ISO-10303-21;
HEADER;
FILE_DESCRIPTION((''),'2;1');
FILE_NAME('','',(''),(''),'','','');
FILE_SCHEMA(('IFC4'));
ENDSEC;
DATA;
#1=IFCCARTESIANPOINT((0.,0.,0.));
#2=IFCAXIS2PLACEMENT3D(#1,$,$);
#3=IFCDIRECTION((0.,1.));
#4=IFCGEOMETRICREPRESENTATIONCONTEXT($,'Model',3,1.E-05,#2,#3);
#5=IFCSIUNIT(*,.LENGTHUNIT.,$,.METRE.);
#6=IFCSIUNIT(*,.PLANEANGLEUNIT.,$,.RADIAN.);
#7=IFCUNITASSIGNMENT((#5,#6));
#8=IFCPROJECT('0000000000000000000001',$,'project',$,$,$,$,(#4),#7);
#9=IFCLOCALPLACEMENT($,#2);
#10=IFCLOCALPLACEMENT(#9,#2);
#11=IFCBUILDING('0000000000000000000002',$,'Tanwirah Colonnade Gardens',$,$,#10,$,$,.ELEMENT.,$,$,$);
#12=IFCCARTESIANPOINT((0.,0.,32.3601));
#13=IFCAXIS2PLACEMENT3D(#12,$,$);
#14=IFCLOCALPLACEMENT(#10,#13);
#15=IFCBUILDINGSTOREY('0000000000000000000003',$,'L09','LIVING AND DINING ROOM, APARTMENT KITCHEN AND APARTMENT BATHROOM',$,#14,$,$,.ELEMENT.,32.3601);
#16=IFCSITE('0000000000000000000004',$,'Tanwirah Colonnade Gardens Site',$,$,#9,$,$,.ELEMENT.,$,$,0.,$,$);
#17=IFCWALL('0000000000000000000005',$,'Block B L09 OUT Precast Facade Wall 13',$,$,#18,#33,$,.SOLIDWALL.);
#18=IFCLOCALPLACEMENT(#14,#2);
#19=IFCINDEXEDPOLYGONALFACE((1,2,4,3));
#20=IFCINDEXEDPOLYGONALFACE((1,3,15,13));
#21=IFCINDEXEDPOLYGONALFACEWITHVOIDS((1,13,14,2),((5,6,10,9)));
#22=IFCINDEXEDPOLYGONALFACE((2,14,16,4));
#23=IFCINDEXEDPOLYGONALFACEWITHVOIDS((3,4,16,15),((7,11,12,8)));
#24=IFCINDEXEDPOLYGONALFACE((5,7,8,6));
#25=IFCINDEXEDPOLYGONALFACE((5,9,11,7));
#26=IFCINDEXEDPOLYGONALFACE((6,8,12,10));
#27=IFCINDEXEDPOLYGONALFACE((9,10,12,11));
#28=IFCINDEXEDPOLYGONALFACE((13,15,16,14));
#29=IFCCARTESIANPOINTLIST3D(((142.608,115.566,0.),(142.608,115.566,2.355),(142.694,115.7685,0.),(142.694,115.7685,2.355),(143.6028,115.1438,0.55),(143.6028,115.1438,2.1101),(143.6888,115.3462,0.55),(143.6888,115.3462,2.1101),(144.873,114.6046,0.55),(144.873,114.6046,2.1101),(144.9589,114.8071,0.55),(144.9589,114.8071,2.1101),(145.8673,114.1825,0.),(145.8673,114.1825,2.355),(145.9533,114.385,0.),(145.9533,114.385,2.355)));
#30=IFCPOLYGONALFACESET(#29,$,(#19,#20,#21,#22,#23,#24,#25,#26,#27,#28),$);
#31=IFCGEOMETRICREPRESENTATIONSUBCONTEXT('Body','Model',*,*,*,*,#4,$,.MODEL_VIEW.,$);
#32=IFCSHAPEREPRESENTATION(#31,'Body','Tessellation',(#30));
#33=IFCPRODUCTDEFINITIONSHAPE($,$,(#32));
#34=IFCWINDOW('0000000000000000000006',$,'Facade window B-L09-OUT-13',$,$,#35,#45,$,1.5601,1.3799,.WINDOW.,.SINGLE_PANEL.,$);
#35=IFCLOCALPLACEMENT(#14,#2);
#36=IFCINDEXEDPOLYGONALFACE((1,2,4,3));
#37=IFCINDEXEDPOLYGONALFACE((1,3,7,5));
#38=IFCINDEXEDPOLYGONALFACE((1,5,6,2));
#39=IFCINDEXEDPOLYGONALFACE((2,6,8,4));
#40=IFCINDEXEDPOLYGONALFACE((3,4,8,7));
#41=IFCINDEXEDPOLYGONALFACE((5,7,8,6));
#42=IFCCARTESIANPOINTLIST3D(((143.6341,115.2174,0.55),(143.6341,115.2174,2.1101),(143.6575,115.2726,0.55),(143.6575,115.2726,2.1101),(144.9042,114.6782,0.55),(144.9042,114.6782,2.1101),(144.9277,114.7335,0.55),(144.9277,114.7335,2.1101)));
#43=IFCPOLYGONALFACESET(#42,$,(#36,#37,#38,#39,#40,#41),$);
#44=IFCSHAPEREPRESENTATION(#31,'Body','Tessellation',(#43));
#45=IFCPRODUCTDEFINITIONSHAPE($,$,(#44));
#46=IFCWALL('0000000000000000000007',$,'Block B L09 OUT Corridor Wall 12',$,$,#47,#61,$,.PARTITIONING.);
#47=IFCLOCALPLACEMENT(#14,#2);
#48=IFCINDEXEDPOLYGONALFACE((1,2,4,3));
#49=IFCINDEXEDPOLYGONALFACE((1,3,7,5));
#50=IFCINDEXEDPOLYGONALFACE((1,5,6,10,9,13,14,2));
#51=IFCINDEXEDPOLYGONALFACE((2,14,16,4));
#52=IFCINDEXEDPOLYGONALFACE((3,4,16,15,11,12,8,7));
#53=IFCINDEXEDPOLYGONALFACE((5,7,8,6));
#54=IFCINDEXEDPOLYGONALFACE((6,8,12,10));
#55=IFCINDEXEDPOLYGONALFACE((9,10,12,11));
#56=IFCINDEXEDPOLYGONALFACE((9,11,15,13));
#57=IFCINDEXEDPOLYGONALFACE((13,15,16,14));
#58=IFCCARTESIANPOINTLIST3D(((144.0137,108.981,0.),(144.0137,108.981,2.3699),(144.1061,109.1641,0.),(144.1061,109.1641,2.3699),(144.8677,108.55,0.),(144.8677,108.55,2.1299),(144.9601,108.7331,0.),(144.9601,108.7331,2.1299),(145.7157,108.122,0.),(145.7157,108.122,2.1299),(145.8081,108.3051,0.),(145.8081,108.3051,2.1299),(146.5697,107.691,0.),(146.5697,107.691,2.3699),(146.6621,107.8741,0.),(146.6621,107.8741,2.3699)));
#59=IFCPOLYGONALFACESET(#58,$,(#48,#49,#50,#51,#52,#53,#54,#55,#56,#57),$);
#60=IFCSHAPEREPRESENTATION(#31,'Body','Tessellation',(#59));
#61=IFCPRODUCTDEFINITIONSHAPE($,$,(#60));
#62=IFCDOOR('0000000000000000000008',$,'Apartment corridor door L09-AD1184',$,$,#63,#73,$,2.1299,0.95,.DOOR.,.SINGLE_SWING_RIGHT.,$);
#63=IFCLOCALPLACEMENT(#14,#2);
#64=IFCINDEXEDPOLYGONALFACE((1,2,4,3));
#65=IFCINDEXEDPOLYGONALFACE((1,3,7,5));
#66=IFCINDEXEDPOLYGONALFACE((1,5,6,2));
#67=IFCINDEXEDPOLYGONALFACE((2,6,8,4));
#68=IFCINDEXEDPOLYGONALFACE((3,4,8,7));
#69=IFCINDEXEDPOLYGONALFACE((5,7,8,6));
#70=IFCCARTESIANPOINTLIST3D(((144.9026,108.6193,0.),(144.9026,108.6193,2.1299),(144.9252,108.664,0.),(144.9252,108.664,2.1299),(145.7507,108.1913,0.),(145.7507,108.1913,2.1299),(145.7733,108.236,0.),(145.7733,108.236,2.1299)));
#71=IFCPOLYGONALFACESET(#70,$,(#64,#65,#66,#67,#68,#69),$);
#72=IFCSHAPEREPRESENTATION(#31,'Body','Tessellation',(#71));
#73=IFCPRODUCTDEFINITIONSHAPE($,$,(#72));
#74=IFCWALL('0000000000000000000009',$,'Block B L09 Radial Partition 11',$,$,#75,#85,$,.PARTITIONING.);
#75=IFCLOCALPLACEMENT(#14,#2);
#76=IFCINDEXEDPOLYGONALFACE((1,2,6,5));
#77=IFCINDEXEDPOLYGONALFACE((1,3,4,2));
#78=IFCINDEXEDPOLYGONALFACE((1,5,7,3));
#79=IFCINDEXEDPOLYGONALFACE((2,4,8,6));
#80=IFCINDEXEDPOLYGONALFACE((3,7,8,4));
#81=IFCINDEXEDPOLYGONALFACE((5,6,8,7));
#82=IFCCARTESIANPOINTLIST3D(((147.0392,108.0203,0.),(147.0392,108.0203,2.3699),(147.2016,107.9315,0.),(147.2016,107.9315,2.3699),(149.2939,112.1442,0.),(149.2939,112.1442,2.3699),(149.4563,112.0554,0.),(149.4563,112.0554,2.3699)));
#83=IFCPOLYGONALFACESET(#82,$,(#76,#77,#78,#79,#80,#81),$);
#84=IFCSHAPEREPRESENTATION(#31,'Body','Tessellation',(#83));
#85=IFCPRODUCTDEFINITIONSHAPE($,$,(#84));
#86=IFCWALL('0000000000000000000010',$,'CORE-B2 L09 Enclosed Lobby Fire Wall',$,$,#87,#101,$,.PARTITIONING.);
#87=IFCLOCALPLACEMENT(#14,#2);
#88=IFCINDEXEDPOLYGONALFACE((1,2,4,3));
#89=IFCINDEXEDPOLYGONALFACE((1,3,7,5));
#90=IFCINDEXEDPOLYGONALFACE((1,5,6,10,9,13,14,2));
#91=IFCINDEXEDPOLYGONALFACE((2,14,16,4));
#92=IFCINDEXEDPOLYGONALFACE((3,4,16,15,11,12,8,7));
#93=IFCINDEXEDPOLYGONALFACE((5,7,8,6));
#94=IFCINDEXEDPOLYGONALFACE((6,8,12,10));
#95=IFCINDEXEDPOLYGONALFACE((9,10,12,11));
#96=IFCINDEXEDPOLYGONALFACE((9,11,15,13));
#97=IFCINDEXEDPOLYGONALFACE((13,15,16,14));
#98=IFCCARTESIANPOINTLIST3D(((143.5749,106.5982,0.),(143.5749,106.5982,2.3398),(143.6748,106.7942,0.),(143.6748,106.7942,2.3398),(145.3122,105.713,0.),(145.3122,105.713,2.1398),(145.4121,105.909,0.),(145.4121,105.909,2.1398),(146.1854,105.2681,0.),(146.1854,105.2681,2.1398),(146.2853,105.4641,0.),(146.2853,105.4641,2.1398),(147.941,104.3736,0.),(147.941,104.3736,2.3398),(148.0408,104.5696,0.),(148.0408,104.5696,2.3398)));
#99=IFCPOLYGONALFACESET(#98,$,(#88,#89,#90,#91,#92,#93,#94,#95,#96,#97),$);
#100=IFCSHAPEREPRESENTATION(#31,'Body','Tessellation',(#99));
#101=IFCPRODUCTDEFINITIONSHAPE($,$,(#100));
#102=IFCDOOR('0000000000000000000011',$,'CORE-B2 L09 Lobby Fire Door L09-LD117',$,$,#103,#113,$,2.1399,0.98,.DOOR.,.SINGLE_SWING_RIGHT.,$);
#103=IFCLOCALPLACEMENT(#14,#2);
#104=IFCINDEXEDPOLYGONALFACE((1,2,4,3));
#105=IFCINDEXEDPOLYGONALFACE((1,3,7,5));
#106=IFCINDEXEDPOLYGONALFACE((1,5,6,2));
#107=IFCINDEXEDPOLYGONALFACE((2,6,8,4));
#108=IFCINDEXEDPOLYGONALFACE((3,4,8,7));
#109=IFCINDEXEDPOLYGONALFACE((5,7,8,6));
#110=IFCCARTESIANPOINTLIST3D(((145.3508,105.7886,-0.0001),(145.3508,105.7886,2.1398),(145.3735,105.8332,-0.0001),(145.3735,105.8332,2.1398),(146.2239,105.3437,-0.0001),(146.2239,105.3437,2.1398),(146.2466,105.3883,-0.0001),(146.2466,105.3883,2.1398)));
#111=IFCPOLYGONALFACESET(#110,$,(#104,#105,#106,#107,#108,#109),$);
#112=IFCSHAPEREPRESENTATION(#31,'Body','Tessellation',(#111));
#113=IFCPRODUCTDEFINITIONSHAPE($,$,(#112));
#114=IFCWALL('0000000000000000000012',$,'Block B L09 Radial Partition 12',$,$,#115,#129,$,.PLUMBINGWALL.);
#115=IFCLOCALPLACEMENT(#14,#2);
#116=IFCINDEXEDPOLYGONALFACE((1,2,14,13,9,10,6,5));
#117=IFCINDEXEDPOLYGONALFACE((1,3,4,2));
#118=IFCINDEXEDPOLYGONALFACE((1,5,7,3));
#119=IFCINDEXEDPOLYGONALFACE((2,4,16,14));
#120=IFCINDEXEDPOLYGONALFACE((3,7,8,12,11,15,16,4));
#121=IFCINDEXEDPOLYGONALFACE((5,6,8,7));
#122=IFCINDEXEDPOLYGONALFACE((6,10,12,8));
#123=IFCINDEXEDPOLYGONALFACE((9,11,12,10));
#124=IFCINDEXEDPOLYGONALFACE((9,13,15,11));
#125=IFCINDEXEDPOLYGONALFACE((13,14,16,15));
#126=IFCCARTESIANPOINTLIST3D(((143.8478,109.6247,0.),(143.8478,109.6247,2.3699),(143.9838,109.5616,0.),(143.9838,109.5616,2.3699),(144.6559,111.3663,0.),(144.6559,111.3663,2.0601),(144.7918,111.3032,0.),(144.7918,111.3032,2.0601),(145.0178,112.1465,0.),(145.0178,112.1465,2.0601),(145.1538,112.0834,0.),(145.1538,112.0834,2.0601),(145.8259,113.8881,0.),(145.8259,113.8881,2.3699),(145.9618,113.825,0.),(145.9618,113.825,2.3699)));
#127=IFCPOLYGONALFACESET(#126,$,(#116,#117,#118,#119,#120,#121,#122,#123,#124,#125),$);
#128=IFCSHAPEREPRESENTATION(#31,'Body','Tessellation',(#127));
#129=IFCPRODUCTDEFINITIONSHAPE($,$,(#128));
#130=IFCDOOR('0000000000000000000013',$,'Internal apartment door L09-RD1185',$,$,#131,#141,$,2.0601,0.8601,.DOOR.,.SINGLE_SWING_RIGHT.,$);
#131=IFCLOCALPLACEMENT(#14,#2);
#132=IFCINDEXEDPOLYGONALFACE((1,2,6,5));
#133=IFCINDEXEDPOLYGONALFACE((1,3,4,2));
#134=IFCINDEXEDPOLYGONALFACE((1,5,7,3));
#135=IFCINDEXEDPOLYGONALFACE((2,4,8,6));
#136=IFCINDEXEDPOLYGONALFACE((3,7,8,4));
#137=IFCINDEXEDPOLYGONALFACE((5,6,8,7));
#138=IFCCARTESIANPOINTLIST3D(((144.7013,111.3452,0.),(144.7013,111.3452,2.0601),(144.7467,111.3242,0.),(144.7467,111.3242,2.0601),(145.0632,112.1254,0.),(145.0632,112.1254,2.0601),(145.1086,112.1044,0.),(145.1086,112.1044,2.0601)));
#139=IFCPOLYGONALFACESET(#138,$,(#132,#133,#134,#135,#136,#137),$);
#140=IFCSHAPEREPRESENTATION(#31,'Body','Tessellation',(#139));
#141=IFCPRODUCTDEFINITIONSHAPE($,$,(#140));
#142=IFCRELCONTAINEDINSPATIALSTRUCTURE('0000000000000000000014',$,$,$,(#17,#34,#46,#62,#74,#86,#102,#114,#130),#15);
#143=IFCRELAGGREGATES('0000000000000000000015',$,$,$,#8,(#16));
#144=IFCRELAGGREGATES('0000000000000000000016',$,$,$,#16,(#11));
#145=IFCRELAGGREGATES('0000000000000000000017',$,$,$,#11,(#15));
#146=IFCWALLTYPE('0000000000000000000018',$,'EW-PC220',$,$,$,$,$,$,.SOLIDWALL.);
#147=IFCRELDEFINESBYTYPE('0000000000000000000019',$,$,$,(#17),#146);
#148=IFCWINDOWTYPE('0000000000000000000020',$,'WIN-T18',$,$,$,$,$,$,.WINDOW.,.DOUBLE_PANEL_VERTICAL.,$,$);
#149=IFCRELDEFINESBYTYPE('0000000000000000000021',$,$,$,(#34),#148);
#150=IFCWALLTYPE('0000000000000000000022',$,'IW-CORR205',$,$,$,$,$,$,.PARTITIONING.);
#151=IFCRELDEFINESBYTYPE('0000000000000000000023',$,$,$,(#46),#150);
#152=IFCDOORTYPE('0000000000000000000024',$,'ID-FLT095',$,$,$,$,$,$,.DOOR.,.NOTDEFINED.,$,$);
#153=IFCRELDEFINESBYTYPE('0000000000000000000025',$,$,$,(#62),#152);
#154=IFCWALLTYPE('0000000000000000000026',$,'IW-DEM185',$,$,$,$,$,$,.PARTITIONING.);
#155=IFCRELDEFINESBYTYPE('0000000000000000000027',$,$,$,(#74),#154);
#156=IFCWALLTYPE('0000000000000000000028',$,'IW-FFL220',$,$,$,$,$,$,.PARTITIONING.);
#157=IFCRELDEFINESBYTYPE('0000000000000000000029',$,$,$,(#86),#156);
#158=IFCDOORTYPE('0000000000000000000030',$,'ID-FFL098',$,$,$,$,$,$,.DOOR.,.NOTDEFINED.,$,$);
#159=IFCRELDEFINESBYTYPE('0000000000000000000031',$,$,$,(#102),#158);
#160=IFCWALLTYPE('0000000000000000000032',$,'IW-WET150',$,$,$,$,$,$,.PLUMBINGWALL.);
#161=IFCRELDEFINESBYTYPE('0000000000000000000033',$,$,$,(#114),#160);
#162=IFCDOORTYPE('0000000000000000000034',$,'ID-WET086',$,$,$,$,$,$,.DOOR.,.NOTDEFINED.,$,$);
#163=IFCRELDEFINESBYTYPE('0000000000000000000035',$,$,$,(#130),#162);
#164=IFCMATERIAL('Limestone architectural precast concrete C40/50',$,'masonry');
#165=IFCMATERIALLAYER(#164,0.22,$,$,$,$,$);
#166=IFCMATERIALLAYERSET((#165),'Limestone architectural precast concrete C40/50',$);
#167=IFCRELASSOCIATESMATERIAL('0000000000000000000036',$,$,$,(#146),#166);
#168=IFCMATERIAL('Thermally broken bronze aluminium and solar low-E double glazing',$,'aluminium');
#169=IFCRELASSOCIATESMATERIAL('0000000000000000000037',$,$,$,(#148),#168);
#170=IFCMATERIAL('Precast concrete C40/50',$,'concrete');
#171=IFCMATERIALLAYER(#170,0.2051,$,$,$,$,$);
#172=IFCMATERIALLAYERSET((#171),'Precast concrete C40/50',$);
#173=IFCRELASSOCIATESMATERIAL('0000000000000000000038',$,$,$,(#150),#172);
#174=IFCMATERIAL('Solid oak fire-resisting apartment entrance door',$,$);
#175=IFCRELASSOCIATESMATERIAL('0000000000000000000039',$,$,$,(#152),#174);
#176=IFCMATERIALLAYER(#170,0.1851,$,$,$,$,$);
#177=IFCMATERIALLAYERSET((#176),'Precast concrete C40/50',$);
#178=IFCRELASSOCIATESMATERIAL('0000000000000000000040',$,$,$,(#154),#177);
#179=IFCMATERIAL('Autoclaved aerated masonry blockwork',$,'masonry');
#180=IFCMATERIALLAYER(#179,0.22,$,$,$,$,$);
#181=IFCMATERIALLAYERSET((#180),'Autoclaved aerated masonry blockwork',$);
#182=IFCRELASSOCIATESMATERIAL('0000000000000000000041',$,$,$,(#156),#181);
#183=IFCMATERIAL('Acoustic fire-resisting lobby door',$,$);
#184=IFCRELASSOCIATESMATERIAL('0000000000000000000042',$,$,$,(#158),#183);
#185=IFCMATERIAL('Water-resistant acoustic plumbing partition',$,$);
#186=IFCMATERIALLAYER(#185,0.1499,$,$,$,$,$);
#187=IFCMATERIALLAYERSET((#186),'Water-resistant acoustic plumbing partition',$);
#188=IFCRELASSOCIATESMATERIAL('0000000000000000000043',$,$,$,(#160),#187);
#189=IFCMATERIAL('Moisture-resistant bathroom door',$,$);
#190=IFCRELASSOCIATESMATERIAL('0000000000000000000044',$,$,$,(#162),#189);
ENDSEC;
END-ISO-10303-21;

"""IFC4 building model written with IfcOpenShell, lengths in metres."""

from ifc_helpers import new_model, si_unit, direction, frame, frame_2d, origin, place, context, subcontext, project, spatial, rectangle, extrude, material, layer, layer_set, type_object, element, fill, save


model = new_model("IFC4")

# Units and contexts
model_context = context("Model", 3, precision=1e-05, world=origin(), true_north=direction((0.0, 1.0)))
body_context = subcontext(model_context, "Body", "Model", "MODEL_VIEW")
ifc_project = project(units=[si_unit("LENGTHUNIT", "METRE"), si_unit("PLANEANGLEUNIT", "RADIAN")], contexts=[model_context])

# Site, building, storey
site_placement = place(None, origin())
site = spatial("IfcSite", under=ifc_project, at=site_placement, Name="Tanwirah Colonnade Gardens Site", CompositionType="ELEMENT", RefElevation=0.0)
building_placement = place(site_placement, origin())
building = spatial("IfcBuilding", under=site, at=building_placement, Name="Tanwirah Colonnade Gardens", CompositionType="ELEMENT")
storey_placement = place(building_placement, frame((0.0, 0.0, 32.3601)))
storey = spatial("IfcBuildingStorey", under=building, at=storey_placement, Name="L09", Description="LIVING AND DINING ROOM, APARTMENT KITCHEN AND APARTMENT BATHROOM", CompositionType="ELEMENT", Elevation=32.3601)

# Shared definitions
ifc_material_1 = material(Name="Precast concrete C40/50", Category="concrete")

# Wall, opening, window
ifc_material_2 = material(Name="Limestone architectural precast concrete C40/50", Category="masonry")
ifc_layer_1 = layer(ifc_material_2, 0.22)
ifc_layer_set_1 = layer_set([ifc_layer_1], Name="Limestone architectural precast concrete C40/50")
wall_type_1 = type_object("IfcWallType", Name="EW-PC220", PredefinedType="SOLIDWALL", material=ifc_layer_set_1)
wall_1_placement = place(storey_placement, frame((145.9104, 114.2837, 0.0), z_axis=(0.0, 0.0, 1.0), x_axis=(-0.920498, 0.390746, 0.0)))
wall_1 = element("IfcWall", 1, at=wall_1_placement, inside=storey, type_object=wall_type_1, Name="Block B L09 OUT Precast Facade Wall 13", PredefinedType="SOLIDWALL", context=body_context, shape_type="SweptSolid", body=[
    extrude(rectangle(XDim=3.5408, YDim=0.22, at=frame_2d((1.7705, 0.0))), origin(), (0.0, 0.0, 1.0), 2.355),
])
opening_1_placement = place(wall_1_placement, frame((1.0803, 0.0, 0.55)))
opening_1 = element("IfcOpeningElement", 2, at=opening_1_placement, cuts=wall_1, PredefinedType="OPENING", context=body_context, shape_type="SweptSolid", body=[
    extrude(rectangle(XDim=1.3799, YDim=1.5601, at=frame_2d((0.6899, 0.78))), frame((0.0, 0.1199, 0.0), z_axis=(0.0, -1.0, 0.0), x_axis=(1.0, 0.0, 0.0)), (0.0, 0.0, 1.0), 0.24),
])
ifc_material_3 = material(Name="Thermally broken bronze aluminium and solar low-E double glazing", Category="aluminium")
window_type = type_object("IfcWindowType", Name="WIN-T18", PartitioningType="DOUBLE_PANEL_VERTICAL", PredefinedType="WINDOW", material=ifc_material_3)
window_placement = place(opening_1_placement, origin())
window = element("IfcWindow", 3, at=window_placement, inside=storey, type_object=window_type, Name="Facade window B-L09-OUT-13", OverallHeight=1.5601, OverallWidth=1.3799, PartitioningType="SINGLE_PANEL", PredefinedType="WINDOW", context=body_context, shape_type="SweptSolid", body=[
    extrude(rectangle(XDim=1.3799, YDim=1.5601, at=frame_2d((0.6899, 0.78))), frame((0.0, 0.03, 0.0), z_axis=(0.0, -1.0, 0.0), x_axis=(1.0, 0.0, 0.0)), (0.0, 0.0, 1.0), 0.0601),
])
fill(opening_1, window)

# Wall, opening, door
ifc_layer_2 = layer(ifc_material_1, 0.2051)
ifc_layer_set_2 = layer_set([ifc_layer_2], Name="Precast concrete C40/50")
wall_type_2 = type_object("IfcWallType", Name="IW-CORR205", PredefinedType="PARTITIONING", material=ifc_layer_set_2)
wall_2_placement = place(storey_placement, frame((146.616, 107.7825, 0.0), z_axis=(0.0, 0.0, 1.0), x_axis=(-0.892732, 0.450587, 0.0)))
wall_2 = element("IfcWall", 4, at=wall_2_placement, inside=storey, type_object=wall_type_2, Name="Block B L09 OUT Corridor Wall 12", PredefinedType="PARTITIONING", context=body_context, shape_type="SweptSolid", body=[
    extrude(rectangle(XDim=2.863, YDim=0.2051, at=frame_2d((1.4316, 0.0))), origin(), (0.0, 0.0, 1.0), 2.3699),
])
opening_2_placement = place(wall_2_placement, frame((0.9565, 0.0, 0.0)))
opening_2 = element("IfcOpeningElement", 5, at=opening_2_placement, cuts=wall_2, PredefinedType="OPENING", context=body_context, shape_type="SweptSolid", body=[
    extrude(rectangle(XDim=0.95, YDim=2.1299, at=frame_2d((0.4751, 1.0649))), frame((0.0, 0.1125, 0.0), z_axis=(0.0, -1.0, 0.0), x_axis=(1.0, 0.0, 0.0)), (0.0, 0.0, 1.0), 0.2251),
])
ifc_material_4 = material(Name="Solid oak fire-resisting apartment entrance door")
door_type_1 = type_object("IfcDoorType", Name="ID-FLT095", OperationType="NOTDEFINED", PredefinedType="DOOR", material=ifc_material_4)
door_1_placement = place(opening_2_placement, origin())
door_1 = element("IfcDoor", 6, at=door_1_placement, inside=storey, type_object=door_type_1, Name="Apartment corridor door L09-AD1184", OperationType="SINGLE_SWING_RIGHT", OverallHeight=2.1299, OverallWidth=0.95, PredefinedType="DOOR", context=body_context, shape_type="SweptSolid", body=[
    extrude(rectangle(XDim=0.95, YDim=2.1299, at=frame_2d((0.4751, 1.0649))), frame((0.0, 0.0249, 0.0), z_axis=(0.0, -1.0, 0.0), x_axis=(1.0, 0.0, 0.0)), (0.0, 0.0, 1.0), 0.05),
])
fill(opening_2, door_1)

# Wall
ifc_layer_3 = layer(ifc_material_1, 0.1851)
ifc_layer_set_3 = layer_set([ifc_layer_3], Name="Precast concrete C40/50")
wall_type_3 = type_object("IfcWallType", Name="IW-DEM185", PredefinedType="PARTITIONING", material=ifc_layer_set_3)
wall_3_placement = place(storey_placement, frame((147.1204, 107.9758, 0.0), z_axis=(0.0, 0.0, 1.0), x_axis=(0.479722, 0.877421, 0.0)))
element("IfcWall", 7, at=wall_3_placement, inside=storey, type_object=wall_type_3, Name="Block B L09 Radial Partition 11", PredefinedType="PARTITIONING", context=body_context, shape_type="SweptSolid", body=[
    extrude(rectangle(XDim=4.7, YDim=0.1851, at=frame_2d((2.3501, 0.0))), origin(), (0.0, 0.0, 1.0), 2.3699),
])

# Walls, openings, doors
ifc_material_5 = material(Name="Autoclaved aerated masonry blockwork", Category="masonry")
ifc_layer_4 = layer(ifc_material_5, 0.22)
ifc_layer_set_4 = layer_set([ifc_layer_4], Name="Autoclaved aerated masonry blockwork")
wall_type_4 = type_object("IfcWallType", Name="IW-FFL220", PredefinedType="PARTITIONING", material=ifc_layer_set_4)
wall_4_placement = place(storey_placement, frame((143.6248, 106.6963, 0.0), z_axis=(0.0, 0.0, 1.0), x_axis=(0.891003, -0.453997, 0.0)))
wall_4 = element("IfcWall", 8, at=wall_4_placement, inside=storey, type_object=wall_type_4, Name="CORE-B2 L09 Enclosed Lobby Fire Wall", PredefinedType="PARTITIONING", context=body_context, shape_type="SweptSolid", body=[
    extrude(rectangle(XDim=4.9001, YDim=0.22, at=frame_2d((2.4502, 0.0))), origin(), (0.0, 0.0, 1.0), 2.3398),
])
opening_3_placement = place(wall_4_placement, frame((1.95, 0.0, 0.0)))
opening_3 = element("IfcOpeningElement", 9, at=opening_3_placement, cuts=wall_4, PredefinedType="OPENING", context=body_context, shape_type="SweptSolid", body=[
    extrude(rectangle(XDim=0.98, YDim=2.1399, at=frame_2d((0.49, 1.0698))), frame((0.0, 0.1199, 0.0), z_axis=(0.0, -1.0, 0.0), x_axis=(1.0, 0.0, 0.0)), (0.0, 0.0, 1.0), 0.24),
])
ifc_material_6 = material(Name="Acoustic fire-resisting lobby door")
door_type_2 = type_object("IfcDoorType", Name="ID-FFL098", OperationType="NOTDEFINED", PredefinedType="DOOR", material=ifc_material_6)
door_2_placement = place(opening_3_placement, origin())
door_2 = element("IfcDoor", 10, at=door_2_placement, inside=storey, type_object=door_type_2, Name="CORE-B2 L09 Lobby Fire Door L09-LD117", OperationType="SINGLE_SWING_RIGHT", OverallHeight=2.1399, OverallWidth=0.98, PredefinedType="DOOR", context=body_context, shape_type="SweptSolid", body=[
    extrude(rectangle(XDim=0.98, YDim=2.1399, at=frame_2d((0.49, 1.0698))), frame((0.0, 0.0249, 0.0), z_axis=(0.0, -1.0, 0.0), x_axis=(1.0, 0.0, 0.0)), (0.0, 0.0, 1.0), 0.05),
])
fill(opening_3, door_2)
ifc_material_7 = material(Name="Water-resistant acoustic plumbing partition")
ifc_layer_5 = layer(ifc_material_7, 0.1499)
ifc_layer_set_5 = layer_set([ifc_layer_5], Name="Water-resistant acoustic plumbing partition")
wall_type_5 = type_object("IfcWallType", Name="IW-WET150", PredefinedType="PLUMBINGWALL", material=ifc_layer_set_5)
wall_5_placement = place(storey_placement, frame((143.9158, 109.593, 0.0), z_axis=(0.0, 0.0, 1.0), x_axis=(0.420863, 0.907124, 0.0)))
wall_5 = element("IfcWall", 11, at=wall_5_placement, inside=storey, type_object=wall_type_5, Name="Block B L09 Radial Partition 12", PredefinedType="PLUMBINGWALL", context=body_context, shape_type="SweptSolid", body=[
    extrude(rectangle(XDim=4.7, YDim=0.1499, at=frame_2d((2.3501, 0.0))), origin(), (0.0, 0.0, 1.0), 2.3699),
])
opening_4_placement = place(wall_5_placement, frame((1.9199, 0.0, 0.0)))
opening_4 = element("IfcOpeningElement", 12, at=opening_4_placement, cuts=wall_5, PredefinedType="OPENING", context=body_context, shape_type="SweptSolid", body=[
    extrude(rectangle(XDim=0.8601, YDim=2.0601, at=frame_2d((0.4302, 1.03))), frame((0.0, 0.085, 0.0), z_axis=(0.0, -1.0, 0.0), x_axis=(1.0, 0.0, 0.0)), (0.0, 0.0, 1.0), 0.1699),
])
ifc_material_8 = material(Name="Moisture-resistant bathroom door")
door_type_3 = type_object("IfcDoorType", Name="ID-WET086", OperationType="NOTDEFINED", PredefinedType="DOOR", material=ifc_material_8)
door_3_placement = place(opening_4_placement, origin())
door_3 = element("IfcDoor", 13, at=door_3_placement, inside=storey, type_object=door_type_3, Name="Internal apartment door L09-RD1185", OperationType="SINGLE_SWING_RIGHT", OverallHeight=2.0601, OverallWidth=0.8601, PredefinedType="DOOR", context=body_context, shape_type="SweptSolid", body=[
    extrude(rectangle(XDim=0.8601, YDim=2.0601, at=frame_2d((0.4302, 1.03))), frame((0.0, 0.0249, 0.0), z_axis=(0.0, -1.0, 0.0), x_axis=(1.0, 0.0, 0.0)), (0.0, 0.0, 1.0), 0.05),
])
fill(opening_4, door_3)

save(model, "model.ifc")
